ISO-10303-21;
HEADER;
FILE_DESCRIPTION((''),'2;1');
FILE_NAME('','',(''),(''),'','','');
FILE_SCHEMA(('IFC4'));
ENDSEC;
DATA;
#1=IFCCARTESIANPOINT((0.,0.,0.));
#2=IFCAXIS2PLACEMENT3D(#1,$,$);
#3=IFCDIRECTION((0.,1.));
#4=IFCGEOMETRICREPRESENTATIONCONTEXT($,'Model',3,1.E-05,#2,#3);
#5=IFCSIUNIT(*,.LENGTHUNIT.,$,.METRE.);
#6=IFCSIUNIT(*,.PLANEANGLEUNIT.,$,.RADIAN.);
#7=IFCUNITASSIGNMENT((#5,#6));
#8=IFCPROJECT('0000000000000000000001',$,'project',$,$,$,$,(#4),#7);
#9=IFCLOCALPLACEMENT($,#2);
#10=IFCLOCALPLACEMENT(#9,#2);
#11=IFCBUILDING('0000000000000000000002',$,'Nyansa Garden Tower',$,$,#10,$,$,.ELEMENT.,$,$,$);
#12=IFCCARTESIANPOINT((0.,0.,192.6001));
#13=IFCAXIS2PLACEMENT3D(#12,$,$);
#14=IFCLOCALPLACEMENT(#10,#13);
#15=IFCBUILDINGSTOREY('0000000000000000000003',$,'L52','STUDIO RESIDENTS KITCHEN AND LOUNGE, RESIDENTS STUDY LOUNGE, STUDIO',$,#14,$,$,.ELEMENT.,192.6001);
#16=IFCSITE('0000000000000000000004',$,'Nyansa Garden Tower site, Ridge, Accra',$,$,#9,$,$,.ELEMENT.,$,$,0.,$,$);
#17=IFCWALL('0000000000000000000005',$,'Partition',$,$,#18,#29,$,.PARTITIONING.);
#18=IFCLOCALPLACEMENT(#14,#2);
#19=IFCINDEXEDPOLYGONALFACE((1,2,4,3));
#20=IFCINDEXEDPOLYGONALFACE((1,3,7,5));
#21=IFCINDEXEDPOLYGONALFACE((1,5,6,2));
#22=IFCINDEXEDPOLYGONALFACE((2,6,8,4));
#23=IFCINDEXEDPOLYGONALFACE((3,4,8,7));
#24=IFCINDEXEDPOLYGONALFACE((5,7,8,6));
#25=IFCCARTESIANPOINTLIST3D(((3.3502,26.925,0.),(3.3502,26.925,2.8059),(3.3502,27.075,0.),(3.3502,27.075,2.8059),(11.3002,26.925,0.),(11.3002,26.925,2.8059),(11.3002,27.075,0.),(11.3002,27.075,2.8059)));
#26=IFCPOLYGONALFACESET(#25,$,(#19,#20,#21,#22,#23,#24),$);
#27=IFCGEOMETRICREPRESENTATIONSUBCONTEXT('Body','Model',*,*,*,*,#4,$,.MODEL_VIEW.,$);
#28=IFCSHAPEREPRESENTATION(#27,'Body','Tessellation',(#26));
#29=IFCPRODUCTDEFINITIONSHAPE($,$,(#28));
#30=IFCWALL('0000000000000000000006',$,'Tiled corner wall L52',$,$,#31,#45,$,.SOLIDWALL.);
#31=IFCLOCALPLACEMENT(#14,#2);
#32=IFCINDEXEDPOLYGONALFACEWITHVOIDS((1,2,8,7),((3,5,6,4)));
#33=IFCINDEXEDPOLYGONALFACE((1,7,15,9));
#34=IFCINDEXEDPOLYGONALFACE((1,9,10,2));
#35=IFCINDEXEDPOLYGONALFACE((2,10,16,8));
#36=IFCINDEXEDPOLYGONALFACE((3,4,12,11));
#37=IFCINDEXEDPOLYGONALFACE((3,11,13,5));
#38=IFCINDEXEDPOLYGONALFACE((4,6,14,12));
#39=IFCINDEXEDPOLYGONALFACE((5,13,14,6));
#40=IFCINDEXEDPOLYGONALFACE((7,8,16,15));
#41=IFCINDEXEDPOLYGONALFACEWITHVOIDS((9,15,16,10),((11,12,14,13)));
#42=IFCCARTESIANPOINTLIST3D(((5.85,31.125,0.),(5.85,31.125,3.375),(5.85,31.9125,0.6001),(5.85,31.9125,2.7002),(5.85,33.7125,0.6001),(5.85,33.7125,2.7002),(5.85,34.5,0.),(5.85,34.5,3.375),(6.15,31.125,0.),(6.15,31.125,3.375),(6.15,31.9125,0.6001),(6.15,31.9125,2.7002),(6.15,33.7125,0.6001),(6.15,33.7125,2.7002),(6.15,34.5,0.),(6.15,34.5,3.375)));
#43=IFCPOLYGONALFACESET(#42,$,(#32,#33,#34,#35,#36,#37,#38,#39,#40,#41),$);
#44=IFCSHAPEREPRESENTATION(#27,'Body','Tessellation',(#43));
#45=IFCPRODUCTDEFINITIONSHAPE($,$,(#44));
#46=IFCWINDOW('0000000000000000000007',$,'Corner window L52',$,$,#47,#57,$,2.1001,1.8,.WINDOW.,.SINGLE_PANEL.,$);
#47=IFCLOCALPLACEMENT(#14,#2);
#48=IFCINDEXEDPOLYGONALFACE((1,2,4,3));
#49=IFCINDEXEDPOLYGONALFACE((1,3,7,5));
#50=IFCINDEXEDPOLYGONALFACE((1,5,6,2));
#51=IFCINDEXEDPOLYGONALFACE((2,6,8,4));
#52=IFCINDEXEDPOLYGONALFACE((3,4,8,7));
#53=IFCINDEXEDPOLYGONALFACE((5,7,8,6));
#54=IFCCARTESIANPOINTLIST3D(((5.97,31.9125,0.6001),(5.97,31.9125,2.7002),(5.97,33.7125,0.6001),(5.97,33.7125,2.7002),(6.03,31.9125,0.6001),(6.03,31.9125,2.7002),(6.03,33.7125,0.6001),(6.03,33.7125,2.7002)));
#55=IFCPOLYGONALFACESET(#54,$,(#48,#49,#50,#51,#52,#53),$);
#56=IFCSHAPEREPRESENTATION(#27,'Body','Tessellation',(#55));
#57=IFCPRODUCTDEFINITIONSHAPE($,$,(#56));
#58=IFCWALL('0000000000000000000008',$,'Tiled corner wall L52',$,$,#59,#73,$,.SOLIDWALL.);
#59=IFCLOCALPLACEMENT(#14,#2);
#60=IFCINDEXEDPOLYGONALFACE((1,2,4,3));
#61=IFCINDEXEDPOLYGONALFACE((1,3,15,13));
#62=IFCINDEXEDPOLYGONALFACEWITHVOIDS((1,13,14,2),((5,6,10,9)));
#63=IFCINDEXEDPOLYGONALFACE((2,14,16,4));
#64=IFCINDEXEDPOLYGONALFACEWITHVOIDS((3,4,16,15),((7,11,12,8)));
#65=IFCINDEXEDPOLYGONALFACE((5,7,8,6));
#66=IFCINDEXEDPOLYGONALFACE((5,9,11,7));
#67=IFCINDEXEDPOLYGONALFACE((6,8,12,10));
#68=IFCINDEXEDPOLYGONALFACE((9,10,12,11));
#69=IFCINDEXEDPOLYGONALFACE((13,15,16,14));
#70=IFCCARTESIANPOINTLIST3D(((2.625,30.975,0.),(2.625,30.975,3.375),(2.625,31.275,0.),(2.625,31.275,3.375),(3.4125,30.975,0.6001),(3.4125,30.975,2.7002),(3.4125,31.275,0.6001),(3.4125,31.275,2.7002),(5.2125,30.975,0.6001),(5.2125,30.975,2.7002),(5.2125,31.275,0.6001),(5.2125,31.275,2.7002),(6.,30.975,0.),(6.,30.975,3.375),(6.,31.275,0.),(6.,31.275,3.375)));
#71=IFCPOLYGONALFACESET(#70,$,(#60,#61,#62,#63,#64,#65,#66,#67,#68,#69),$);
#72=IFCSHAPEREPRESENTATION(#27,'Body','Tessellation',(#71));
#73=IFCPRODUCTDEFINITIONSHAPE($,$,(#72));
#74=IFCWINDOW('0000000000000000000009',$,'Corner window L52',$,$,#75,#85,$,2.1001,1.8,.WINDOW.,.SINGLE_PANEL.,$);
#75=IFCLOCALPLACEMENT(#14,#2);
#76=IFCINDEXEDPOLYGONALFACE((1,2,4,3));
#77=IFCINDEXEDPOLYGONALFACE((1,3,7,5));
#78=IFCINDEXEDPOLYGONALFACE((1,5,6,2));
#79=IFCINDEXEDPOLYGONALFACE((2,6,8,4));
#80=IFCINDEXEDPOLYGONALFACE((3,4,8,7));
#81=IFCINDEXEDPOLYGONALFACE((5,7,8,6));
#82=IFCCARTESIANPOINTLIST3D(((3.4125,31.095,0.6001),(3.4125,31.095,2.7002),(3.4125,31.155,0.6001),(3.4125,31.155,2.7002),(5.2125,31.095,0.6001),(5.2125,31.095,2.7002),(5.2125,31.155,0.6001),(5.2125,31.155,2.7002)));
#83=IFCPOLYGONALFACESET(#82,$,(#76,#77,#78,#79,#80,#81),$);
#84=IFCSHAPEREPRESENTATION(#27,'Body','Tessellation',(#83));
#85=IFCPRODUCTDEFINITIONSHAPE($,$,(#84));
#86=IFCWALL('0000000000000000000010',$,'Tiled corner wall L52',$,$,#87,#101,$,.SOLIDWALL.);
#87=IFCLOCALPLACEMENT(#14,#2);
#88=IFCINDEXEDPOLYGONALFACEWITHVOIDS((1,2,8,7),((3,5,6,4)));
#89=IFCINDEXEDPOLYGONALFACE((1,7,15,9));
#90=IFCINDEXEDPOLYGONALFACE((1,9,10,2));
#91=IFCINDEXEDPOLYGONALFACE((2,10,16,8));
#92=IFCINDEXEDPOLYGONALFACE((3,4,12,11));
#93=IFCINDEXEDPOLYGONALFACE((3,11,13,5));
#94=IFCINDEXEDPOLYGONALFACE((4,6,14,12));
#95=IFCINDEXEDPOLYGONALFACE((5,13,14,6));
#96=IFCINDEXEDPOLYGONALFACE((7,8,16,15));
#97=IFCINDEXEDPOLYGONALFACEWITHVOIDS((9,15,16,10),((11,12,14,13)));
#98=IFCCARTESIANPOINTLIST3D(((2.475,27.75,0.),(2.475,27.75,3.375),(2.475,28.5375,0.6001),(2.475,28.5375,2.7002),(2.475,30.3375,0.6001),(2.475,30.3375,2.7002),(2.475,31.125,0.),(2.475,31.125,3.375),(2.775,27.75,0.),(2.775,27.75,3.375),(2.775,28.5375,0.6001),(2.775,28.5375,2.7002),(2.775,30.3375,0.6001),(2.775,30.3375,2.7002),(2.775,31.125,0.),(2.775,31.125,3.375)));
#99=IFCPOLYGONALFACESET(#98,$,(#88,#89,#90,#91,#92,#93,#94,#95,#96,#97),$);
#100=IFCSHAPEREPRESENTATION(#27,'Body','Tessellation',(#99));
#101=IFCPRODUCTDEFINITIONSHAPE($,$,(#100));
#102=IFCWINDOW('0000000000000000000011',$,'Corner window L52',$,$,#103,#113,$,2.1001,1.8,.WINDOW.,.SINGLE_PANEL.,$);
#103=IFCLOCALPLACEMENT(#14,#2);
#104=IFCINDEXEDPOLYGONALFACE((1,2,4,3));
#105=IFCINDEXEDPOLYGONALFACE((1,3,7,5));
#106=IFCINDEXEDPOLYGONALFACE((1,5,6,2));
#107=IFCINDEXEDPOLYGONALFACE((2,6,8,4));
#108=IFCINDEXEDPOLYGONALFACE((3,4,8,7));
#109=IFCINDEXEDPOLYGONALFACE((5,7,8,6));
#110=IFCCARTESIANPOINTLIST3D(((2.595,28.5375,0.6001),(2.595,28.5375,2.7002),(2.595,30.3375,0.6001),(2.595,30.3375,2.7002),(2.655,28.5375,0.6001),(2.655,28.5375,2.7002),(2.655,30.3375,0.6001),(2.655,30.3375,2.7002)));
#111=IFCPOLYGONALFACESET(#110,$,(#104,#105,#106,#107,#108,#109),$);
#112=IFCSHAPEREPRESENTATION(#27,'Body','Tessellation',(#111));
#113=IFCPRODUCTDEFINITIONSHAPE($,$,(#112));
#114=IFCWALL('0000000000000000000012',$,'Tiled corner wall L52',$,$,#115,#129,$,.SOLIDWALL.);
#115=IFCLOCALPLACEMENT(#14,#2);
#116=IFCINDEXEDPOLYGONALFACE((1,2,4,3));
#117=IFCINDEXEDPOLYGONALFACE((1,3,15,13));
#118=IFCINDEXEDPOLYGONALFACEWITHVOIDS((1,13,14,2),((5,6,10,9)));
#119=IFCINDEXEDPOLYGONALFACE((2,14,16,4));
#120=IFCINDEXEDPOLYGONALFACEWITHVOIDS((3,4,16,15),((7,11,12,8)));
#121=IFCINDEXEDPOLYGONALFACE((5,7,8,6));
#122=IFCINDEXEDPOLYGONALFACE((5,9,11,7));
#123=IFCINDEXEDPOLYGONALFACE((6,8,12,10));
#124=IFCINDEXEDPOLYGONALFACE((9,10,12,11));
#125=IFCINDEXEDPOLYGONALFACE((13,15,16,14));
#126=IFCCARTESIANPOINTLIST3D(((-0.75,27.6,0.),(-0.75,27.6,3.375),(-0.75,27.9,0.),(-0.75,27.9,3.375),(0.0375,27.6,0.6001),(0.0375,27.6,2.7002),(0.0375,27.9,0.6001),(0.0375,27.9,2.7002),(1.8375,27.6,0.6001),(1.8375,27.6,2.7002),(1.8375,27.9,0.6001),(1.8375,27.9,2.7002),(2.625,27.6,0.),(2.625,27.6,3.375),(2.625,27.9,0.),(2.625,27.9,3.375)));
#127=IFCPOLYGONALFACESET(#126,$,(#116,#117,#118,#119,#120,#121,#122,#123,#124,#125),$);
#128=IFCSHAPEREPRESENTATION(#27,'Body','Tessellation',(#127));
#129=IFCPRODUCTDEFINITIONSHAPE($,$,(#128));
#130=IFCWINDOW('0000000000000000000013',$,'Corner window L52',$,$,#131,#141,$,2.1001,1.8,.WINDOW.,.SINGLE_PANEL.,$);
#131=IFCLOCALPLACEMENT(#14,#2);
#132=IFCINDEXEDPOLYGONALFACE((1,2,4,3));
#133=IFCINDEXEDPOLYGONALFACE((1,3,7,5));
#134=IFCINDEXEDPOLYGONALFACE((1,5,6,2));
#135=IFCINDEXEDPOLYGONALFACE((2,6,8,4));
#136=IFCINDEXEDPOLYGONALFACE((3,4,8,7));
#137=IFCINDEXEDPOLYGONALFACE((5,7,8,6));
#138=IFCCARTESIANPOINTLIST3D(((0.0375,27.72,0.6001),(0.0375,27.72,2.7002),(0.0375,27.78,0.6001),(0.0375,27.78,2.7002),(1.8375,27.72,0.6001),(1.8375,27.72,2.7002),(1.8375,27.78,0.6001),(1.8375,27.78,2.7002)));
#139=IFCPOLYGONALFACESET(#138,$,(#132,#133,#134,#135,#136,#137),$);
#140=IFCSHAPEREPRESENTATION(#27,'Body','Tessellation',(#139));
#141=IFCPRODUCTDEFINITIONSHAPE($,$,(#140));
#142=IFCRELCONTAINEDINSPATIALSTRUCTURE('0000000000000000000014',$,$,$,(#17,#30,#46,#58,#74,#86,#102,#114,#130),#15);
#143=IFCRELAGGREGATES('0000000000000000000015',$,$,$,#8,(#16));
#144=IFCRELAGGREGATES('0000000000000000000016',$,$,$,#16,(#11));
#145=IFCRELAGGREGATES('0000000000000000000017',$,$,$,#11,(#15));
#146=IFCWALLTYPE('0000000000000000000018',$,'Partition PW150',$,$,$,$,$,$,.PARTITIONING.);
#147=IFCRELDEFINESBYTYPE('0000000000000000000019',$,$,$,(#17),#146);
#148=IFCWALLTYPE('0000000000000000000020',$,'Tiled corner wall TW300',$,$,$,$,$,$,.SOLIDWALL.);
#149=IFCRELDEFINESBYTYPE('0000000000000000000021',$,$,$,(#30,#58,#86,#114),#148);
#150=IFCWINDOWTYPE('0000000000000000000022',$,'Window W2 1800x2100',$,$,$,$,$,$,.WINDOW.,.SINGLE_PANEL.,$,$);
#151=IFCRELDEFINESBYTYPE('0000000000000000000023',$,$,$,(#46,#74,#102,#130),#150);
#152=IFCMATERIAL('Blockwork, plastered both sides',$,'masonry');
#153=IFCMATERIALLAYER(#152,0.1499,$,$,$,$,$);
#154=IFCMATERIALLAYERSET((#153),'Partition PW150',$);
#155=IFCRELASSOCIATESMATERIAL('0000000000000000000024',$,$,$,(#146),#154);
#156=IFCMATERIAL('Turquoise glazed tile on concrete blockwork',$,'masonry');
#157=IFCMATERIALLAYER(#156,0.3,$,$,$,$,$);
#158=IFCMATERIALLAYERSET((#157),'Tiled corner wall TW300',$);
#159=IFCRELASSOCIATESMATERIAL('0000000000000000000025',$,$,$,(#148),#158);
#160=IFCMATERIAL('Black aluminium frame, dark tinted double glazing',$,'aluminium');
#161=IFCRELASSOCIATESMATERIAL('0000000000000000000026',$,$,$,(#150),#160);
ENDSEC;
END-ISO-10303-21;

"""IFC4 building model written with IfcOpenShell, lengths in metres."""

from ifc_helpers import new_model, si_unit, direction, frame, frame_2d, origin, place, context, subcontext, project, spatial, rectangle, extrude, material, layer, layer_set, type_object, element, fill, save


model = new_model("IFC4")

# Units and contexts
model_context = context("Model", 3, precision=1e-05, world=origin(), true_north=direction((0.0, 1.0)))
body_context = subcontext(model_context, "Body", "Model", "MODEL_VIEW")
ifc_project = project(units=[si_unit("LENGTHUNIT", "METRE"), si_unit("PLANEANGLEUNIT", "RADIAN")], contexts=[model_context])

# Site, building, storey
site_placement = place(None, origin())
site = spatial("IfcSite", under=ifc_project, at=site_placement, Name="Nyansa Garden Tower site, Ridge, Accra", CompositionType="ELEMENT", RefElevation=0.0)
building_placement = place(site_placement, origin())
building = spatial("IfcBuilding", under=site, at=building_placement, Name="Nyansa Garden Tower", CompositionType="ELEMENT")
storey_placement = place(building_placement, frame((0.0, 0.0, 192.6001)))
storey = spatial("IfcBuildingStorey", under=building, at=storey_placement, Name="L52", Description="STUDIO RESIDENTS KITCHEN AND LOUNGE, RESIDENTS STUDY LOUNGE, STUDIO", CompositionType="ELEMENT", Elevation=192.6001)

# Wall
ifc_material_1 = material(Name="Blockwork, plastered both sides", Category="masonry")
ifc_layer_1 = layer(ifc_material_1, 0.1499)
ifc_layer_set_1 = layer_set([ifc_layer_1], Name="Partition PW150")
wall_type_1 = type_object("IfcWallType", Name="Partition PW150", PredefinedType="PARTITIONING", material=ifc_layer_set_1)
wall_1_placement = place(storey_placement, frame((3.3501, 27.0, 0.0), z_axis=(0.0, 0.0, 1.0), x_axis=(1.0, 0.0, 0.0)))
element("IfcWall", 1, at=wall_1_placement, inside=storey, type_object=wall_type_1, Name="Partition", PredefinedType="PARTITIONING", context=body_context, shape_type="SweptSolid", body=[
    extrude(rectangle(XDim=7.95, YDim=0.1499, at=frame_2d((3.9751, 0.0))), origin(), (0.0, 0.0, 1.0), 2.8059),
])

# Walls, openings, windows
ifc_material_2 = material(Name="Turquoise glazed tile on concrete blockwork", Category="masonry")
ifc_layer_2 = layer(ifc_material_2, 0.3)
ifc_layer_set_2 = layer_set([ifc_layer_2], Name="Tiled corner wall TW300")
wall_type_2 = type_object("IfcWallType", Name="Tiled corner wall TW300", PredefinedType="SOLIDWALL", material=ifc_layer_set_2)
wall_2_placement = place(storey_placement, frame((6.0, 34.5, 0.0), z_axis=(0.0, 0.0, 1.0), x_axis=(0.0, -1.0, 0.0)))
wall_2 = element("IfcWall", 2, at=wall_2_placement, inside=storey, type_object=wall_type_2, Name="Tiled corner wall L52", PredefinedType="SOLIDWALL", context=body_context, shape_type="SweptSolid", body=[
    extrude(rectangle(XDim=3.375, YDim=0.3, at=frame_2d((1.6875, 0.0))), origin(), (0.0, 0.0, 1.0), 3.375),
])
opening_1_placement = place(wall_2_placement, frame((0.7876, 0.0, 0.6001)))
opening_1 = element("IfcOpeningElement", 3, at=opening_1_placement, cuts=wall_2, PredefinedType="OPENING", context=body_context, shape_type="SweptSolid", body=[
    extrude(rectangle(XDim=1.8, YDim=2.1001, at=frame_2d((0.8999, 1.05))), frame((0.0, 0.1599, 0.0), z_axis=(0.0, -1.0, 0.0), x_axis=(1.0, 0.0, 0.0)), (0.0, 0.0, 1.0), 0.3201),
])
ifc_material_3 = material(Name="Black aluminium frame, dark tinted double glazing", Category="aluminium")
window_type = type_object("IfcWindowType", Name="Window W2 1800x2100", PartitioningType="SINGLE_PANEL", PredefinedType="WINDOW", material=ifc_material_3)
window_1_placement = place(opening_1_placement, origin())
window_1 = element("IfcWindow", 4, at=window_1_placement, inside=storey, type_object=window_type, Name="Corner window L52", OverallHeight=2.1001, OverallWidth=1.8, PartitioningType="SINGLE_PANEL", PredefinedType="WINDOW", context=body_context, shape_type="SweptSolid", body=[
    extrude(rectangle(XDim=1.8, YDim=2.1001, at=frame_2d((0.8999, 1.05))), frame((0.0, 0.03, 0.0), z_axis=(0.0, -1.0, 0.0), x_axis=(1.0, 0.0, 0.0)), (0.0, 0.0, 1.0), 0.0601),
])
fill(opening_1, window_1)
wall_3_placement = place(storey_placement, frame((6.0, 31.125, 0.0), z_axis=(0.0, 0.0, 1.0), x_axis=(-1.0, 0.0, 0.0)))
wall_3 = element("IfcWall", 5, at=wall_3_placement, inside=storey, type_object=wall_type_2, Name="Tiled corner wall L52", PredefinedType="SOLIDWALL", context=body_context, shape_type="SweptSolid", body=[
    extrude(rectangle(XDim=3.375, YDim=0.3, at=frame_2d((1.6875, 0.0))), origin(), (0.0, 0.0, 1.0), 3.375),
])
opening_2_placement = place(wall_3_placement, frame((0.7876, 0.0, 0.6001)))
opening_2 = element("IfcOpeningElement", 6, at=opening_2_placement, cuts=wall_3, PredefinedType="OPENING", context=body_context, shape_type="SweptSolid", body=[
    extrude(rectangle(XDim=1.8, YDim=2.1001, at=frame_2d((0.8999, 1.05))), frame((0.0, 0.1599, 0.0), z_axis=(0.0, -1.0, 0.0), x_axis=(1.0, 0.0, 0.0)), (0.0, 0.0, 1.0), 0.3201),
])
window_2_placement = place(opening_2_placement, origin())
window_2 = element("IfcWindow", 7, at=window_2_placement, inside=storey, type_object=window_type, Name="Corner window L52", OverallHeight=2.1001, OverallWidth=1.8, PartitioningType="SINGLE_PANEL", PredefinedType="WINDOW", context=body_context, shape_type="SweptSolid", body=[
    extrude(rectangle(XDim=1.8, YDim=2.1001, at=frame_2d((0.8999, 1.05))), frame((0.0, 0.03, 0.0), z_axis=(0.0, -1.0, 0.0), x_axis=(1.0, 0.0, 0.0)), (0.0, 0.0, 1.0), 0.0601),
])
fill(opening_2, window_2)
wall_4_placement = place(storey_placement, frame((2.625, 31.125, 0.0), z_axis=(0.0, 0.0, 1.0), x_axis=(0.0, -1.0, 0.0)))
wall_4 = element("IfcWall", 8, at=wall_4_placement, inside=storey, type_object=wall_type_2, Name="Tiled corner wall L52", PredefinedType="SOLIDWALL", context=body_context, shape_type="SweptSolid", body=[
    extrude(rectangle(XDim=3.375, YDim=0.3, at=frame_2d((1.6875, 0.0))), origin(), (0.0, 0.0, 1.0), 3.375),
])
opening_3_placement = place(wall_4_placement, frame((0.7876, 0.0, 0.6001)))
opening_3 = element("IfcOpeningElement", 9, at=opening_3_placement, cuts=wall_4, PredefinedType="OPENING", context=body_context, shape_type="SweptSolid", body=[
    extrude(rectangle(XDim=1.8, YDim=2.1001, at=frame_2d((0.8999, 1.05))), frame((0.0, 0.1599, 0.0), z_axis=(0.0, -1.0, 0.0), x_axis=(1.0, 0.0, 0.0)), (0.0, 0.0, 1.0), 0.3201),
])
window_3_placement = place(opening_3_placement, origin())
window_3 = element("IfcWindow", 10, at=window_3_placement, inside=storey, type_object=window_type, Name="Corner window L52", OverallHeight=2.1001, OverallWidth=1.8, PartitioningType="SINGLE_PANEL", PredefinedType="WINDOW", context=body_context, shape_type="SweptSolid", body=[
    extrude(rectangle(XDim=1.8, YDim=2.1001, at=frame_2d((0.8999, 1.05))), frame((0.0, 0.03, 0.0), z_axis=(0.0, -1.0, 0.0), x_axis=(1.0, 0.0, 0.0)), (0.0, 0.0, 1.0), 0.0601),
])
fill(opening_3, window_3)
wall_5_placement = place(storey_placement, frame((2.625, 27.75, 0.0), z_axis=(0.0, 0.0, 1.0), x_axis=(-1.0, 0.0, 0.0)))
wall_5 = element("IfcWall", 11, at=wall_5_placement, inside=storey, type_object=wall_type_2, Name="Tiled corner wall L52", PredefinedType="SOLIDWALL", context=body_context, shape_type="SweptSolid", body=[
    extrude(rectangle(XDim=3.375, YDim=0.3, at=frame_2d((1.6875, 0.0))), origin(), (0.0, 0.0, 1.0), 3.375),
])
opening_4_placement = place(wall_5_placement, frame((0.7876, 0.0, 0.6001)))
opening_4 = element("IfcOpeningElement", 12, at=opening_4_placement, cuts=wall_5, PredefinedType="OPENING", context=body_context, shape_type="SweptSolid", body=[
    extrude(rectangle(XDim=1.8, YDim=2.1001, at=frame_2d((0.8999, 1.05))), frame((0.0, 0.1599, 0.0), z_axis=(0.0, -1.0, 0.0), x_axis=(1.0, 0.0, 0.0)), (0.0, 0.0, 1.0), 0.3201),
])
window_4_placement = place(opening_4_placement, origin())
window_4 = element("IfcWindow", 13, at=window_4_placement, inside=storey, type_object=window_type, Name="Corner window L52", OverallHeight=2.1001, OverallWidth=1.8, PartitioningType="SINGLE_PANEL", PredefinedType="WINDOW", context=body_context, shape_type="SweptSolid", body=[
    extrude(rectangle(XDim=1.8, YDim=2.1001, at=frame_2d((0.8999, 1.05))), frame((0.0, 0.03, 0.0), z_axis=(0.0, -1.0, 0.0), x_axis=(1.0, 0.0, 0.0)), (0.0, 0.0, 1.0), 0.0601),
])
fill(opening_4, window_4)

save(model, "model.ifc")
